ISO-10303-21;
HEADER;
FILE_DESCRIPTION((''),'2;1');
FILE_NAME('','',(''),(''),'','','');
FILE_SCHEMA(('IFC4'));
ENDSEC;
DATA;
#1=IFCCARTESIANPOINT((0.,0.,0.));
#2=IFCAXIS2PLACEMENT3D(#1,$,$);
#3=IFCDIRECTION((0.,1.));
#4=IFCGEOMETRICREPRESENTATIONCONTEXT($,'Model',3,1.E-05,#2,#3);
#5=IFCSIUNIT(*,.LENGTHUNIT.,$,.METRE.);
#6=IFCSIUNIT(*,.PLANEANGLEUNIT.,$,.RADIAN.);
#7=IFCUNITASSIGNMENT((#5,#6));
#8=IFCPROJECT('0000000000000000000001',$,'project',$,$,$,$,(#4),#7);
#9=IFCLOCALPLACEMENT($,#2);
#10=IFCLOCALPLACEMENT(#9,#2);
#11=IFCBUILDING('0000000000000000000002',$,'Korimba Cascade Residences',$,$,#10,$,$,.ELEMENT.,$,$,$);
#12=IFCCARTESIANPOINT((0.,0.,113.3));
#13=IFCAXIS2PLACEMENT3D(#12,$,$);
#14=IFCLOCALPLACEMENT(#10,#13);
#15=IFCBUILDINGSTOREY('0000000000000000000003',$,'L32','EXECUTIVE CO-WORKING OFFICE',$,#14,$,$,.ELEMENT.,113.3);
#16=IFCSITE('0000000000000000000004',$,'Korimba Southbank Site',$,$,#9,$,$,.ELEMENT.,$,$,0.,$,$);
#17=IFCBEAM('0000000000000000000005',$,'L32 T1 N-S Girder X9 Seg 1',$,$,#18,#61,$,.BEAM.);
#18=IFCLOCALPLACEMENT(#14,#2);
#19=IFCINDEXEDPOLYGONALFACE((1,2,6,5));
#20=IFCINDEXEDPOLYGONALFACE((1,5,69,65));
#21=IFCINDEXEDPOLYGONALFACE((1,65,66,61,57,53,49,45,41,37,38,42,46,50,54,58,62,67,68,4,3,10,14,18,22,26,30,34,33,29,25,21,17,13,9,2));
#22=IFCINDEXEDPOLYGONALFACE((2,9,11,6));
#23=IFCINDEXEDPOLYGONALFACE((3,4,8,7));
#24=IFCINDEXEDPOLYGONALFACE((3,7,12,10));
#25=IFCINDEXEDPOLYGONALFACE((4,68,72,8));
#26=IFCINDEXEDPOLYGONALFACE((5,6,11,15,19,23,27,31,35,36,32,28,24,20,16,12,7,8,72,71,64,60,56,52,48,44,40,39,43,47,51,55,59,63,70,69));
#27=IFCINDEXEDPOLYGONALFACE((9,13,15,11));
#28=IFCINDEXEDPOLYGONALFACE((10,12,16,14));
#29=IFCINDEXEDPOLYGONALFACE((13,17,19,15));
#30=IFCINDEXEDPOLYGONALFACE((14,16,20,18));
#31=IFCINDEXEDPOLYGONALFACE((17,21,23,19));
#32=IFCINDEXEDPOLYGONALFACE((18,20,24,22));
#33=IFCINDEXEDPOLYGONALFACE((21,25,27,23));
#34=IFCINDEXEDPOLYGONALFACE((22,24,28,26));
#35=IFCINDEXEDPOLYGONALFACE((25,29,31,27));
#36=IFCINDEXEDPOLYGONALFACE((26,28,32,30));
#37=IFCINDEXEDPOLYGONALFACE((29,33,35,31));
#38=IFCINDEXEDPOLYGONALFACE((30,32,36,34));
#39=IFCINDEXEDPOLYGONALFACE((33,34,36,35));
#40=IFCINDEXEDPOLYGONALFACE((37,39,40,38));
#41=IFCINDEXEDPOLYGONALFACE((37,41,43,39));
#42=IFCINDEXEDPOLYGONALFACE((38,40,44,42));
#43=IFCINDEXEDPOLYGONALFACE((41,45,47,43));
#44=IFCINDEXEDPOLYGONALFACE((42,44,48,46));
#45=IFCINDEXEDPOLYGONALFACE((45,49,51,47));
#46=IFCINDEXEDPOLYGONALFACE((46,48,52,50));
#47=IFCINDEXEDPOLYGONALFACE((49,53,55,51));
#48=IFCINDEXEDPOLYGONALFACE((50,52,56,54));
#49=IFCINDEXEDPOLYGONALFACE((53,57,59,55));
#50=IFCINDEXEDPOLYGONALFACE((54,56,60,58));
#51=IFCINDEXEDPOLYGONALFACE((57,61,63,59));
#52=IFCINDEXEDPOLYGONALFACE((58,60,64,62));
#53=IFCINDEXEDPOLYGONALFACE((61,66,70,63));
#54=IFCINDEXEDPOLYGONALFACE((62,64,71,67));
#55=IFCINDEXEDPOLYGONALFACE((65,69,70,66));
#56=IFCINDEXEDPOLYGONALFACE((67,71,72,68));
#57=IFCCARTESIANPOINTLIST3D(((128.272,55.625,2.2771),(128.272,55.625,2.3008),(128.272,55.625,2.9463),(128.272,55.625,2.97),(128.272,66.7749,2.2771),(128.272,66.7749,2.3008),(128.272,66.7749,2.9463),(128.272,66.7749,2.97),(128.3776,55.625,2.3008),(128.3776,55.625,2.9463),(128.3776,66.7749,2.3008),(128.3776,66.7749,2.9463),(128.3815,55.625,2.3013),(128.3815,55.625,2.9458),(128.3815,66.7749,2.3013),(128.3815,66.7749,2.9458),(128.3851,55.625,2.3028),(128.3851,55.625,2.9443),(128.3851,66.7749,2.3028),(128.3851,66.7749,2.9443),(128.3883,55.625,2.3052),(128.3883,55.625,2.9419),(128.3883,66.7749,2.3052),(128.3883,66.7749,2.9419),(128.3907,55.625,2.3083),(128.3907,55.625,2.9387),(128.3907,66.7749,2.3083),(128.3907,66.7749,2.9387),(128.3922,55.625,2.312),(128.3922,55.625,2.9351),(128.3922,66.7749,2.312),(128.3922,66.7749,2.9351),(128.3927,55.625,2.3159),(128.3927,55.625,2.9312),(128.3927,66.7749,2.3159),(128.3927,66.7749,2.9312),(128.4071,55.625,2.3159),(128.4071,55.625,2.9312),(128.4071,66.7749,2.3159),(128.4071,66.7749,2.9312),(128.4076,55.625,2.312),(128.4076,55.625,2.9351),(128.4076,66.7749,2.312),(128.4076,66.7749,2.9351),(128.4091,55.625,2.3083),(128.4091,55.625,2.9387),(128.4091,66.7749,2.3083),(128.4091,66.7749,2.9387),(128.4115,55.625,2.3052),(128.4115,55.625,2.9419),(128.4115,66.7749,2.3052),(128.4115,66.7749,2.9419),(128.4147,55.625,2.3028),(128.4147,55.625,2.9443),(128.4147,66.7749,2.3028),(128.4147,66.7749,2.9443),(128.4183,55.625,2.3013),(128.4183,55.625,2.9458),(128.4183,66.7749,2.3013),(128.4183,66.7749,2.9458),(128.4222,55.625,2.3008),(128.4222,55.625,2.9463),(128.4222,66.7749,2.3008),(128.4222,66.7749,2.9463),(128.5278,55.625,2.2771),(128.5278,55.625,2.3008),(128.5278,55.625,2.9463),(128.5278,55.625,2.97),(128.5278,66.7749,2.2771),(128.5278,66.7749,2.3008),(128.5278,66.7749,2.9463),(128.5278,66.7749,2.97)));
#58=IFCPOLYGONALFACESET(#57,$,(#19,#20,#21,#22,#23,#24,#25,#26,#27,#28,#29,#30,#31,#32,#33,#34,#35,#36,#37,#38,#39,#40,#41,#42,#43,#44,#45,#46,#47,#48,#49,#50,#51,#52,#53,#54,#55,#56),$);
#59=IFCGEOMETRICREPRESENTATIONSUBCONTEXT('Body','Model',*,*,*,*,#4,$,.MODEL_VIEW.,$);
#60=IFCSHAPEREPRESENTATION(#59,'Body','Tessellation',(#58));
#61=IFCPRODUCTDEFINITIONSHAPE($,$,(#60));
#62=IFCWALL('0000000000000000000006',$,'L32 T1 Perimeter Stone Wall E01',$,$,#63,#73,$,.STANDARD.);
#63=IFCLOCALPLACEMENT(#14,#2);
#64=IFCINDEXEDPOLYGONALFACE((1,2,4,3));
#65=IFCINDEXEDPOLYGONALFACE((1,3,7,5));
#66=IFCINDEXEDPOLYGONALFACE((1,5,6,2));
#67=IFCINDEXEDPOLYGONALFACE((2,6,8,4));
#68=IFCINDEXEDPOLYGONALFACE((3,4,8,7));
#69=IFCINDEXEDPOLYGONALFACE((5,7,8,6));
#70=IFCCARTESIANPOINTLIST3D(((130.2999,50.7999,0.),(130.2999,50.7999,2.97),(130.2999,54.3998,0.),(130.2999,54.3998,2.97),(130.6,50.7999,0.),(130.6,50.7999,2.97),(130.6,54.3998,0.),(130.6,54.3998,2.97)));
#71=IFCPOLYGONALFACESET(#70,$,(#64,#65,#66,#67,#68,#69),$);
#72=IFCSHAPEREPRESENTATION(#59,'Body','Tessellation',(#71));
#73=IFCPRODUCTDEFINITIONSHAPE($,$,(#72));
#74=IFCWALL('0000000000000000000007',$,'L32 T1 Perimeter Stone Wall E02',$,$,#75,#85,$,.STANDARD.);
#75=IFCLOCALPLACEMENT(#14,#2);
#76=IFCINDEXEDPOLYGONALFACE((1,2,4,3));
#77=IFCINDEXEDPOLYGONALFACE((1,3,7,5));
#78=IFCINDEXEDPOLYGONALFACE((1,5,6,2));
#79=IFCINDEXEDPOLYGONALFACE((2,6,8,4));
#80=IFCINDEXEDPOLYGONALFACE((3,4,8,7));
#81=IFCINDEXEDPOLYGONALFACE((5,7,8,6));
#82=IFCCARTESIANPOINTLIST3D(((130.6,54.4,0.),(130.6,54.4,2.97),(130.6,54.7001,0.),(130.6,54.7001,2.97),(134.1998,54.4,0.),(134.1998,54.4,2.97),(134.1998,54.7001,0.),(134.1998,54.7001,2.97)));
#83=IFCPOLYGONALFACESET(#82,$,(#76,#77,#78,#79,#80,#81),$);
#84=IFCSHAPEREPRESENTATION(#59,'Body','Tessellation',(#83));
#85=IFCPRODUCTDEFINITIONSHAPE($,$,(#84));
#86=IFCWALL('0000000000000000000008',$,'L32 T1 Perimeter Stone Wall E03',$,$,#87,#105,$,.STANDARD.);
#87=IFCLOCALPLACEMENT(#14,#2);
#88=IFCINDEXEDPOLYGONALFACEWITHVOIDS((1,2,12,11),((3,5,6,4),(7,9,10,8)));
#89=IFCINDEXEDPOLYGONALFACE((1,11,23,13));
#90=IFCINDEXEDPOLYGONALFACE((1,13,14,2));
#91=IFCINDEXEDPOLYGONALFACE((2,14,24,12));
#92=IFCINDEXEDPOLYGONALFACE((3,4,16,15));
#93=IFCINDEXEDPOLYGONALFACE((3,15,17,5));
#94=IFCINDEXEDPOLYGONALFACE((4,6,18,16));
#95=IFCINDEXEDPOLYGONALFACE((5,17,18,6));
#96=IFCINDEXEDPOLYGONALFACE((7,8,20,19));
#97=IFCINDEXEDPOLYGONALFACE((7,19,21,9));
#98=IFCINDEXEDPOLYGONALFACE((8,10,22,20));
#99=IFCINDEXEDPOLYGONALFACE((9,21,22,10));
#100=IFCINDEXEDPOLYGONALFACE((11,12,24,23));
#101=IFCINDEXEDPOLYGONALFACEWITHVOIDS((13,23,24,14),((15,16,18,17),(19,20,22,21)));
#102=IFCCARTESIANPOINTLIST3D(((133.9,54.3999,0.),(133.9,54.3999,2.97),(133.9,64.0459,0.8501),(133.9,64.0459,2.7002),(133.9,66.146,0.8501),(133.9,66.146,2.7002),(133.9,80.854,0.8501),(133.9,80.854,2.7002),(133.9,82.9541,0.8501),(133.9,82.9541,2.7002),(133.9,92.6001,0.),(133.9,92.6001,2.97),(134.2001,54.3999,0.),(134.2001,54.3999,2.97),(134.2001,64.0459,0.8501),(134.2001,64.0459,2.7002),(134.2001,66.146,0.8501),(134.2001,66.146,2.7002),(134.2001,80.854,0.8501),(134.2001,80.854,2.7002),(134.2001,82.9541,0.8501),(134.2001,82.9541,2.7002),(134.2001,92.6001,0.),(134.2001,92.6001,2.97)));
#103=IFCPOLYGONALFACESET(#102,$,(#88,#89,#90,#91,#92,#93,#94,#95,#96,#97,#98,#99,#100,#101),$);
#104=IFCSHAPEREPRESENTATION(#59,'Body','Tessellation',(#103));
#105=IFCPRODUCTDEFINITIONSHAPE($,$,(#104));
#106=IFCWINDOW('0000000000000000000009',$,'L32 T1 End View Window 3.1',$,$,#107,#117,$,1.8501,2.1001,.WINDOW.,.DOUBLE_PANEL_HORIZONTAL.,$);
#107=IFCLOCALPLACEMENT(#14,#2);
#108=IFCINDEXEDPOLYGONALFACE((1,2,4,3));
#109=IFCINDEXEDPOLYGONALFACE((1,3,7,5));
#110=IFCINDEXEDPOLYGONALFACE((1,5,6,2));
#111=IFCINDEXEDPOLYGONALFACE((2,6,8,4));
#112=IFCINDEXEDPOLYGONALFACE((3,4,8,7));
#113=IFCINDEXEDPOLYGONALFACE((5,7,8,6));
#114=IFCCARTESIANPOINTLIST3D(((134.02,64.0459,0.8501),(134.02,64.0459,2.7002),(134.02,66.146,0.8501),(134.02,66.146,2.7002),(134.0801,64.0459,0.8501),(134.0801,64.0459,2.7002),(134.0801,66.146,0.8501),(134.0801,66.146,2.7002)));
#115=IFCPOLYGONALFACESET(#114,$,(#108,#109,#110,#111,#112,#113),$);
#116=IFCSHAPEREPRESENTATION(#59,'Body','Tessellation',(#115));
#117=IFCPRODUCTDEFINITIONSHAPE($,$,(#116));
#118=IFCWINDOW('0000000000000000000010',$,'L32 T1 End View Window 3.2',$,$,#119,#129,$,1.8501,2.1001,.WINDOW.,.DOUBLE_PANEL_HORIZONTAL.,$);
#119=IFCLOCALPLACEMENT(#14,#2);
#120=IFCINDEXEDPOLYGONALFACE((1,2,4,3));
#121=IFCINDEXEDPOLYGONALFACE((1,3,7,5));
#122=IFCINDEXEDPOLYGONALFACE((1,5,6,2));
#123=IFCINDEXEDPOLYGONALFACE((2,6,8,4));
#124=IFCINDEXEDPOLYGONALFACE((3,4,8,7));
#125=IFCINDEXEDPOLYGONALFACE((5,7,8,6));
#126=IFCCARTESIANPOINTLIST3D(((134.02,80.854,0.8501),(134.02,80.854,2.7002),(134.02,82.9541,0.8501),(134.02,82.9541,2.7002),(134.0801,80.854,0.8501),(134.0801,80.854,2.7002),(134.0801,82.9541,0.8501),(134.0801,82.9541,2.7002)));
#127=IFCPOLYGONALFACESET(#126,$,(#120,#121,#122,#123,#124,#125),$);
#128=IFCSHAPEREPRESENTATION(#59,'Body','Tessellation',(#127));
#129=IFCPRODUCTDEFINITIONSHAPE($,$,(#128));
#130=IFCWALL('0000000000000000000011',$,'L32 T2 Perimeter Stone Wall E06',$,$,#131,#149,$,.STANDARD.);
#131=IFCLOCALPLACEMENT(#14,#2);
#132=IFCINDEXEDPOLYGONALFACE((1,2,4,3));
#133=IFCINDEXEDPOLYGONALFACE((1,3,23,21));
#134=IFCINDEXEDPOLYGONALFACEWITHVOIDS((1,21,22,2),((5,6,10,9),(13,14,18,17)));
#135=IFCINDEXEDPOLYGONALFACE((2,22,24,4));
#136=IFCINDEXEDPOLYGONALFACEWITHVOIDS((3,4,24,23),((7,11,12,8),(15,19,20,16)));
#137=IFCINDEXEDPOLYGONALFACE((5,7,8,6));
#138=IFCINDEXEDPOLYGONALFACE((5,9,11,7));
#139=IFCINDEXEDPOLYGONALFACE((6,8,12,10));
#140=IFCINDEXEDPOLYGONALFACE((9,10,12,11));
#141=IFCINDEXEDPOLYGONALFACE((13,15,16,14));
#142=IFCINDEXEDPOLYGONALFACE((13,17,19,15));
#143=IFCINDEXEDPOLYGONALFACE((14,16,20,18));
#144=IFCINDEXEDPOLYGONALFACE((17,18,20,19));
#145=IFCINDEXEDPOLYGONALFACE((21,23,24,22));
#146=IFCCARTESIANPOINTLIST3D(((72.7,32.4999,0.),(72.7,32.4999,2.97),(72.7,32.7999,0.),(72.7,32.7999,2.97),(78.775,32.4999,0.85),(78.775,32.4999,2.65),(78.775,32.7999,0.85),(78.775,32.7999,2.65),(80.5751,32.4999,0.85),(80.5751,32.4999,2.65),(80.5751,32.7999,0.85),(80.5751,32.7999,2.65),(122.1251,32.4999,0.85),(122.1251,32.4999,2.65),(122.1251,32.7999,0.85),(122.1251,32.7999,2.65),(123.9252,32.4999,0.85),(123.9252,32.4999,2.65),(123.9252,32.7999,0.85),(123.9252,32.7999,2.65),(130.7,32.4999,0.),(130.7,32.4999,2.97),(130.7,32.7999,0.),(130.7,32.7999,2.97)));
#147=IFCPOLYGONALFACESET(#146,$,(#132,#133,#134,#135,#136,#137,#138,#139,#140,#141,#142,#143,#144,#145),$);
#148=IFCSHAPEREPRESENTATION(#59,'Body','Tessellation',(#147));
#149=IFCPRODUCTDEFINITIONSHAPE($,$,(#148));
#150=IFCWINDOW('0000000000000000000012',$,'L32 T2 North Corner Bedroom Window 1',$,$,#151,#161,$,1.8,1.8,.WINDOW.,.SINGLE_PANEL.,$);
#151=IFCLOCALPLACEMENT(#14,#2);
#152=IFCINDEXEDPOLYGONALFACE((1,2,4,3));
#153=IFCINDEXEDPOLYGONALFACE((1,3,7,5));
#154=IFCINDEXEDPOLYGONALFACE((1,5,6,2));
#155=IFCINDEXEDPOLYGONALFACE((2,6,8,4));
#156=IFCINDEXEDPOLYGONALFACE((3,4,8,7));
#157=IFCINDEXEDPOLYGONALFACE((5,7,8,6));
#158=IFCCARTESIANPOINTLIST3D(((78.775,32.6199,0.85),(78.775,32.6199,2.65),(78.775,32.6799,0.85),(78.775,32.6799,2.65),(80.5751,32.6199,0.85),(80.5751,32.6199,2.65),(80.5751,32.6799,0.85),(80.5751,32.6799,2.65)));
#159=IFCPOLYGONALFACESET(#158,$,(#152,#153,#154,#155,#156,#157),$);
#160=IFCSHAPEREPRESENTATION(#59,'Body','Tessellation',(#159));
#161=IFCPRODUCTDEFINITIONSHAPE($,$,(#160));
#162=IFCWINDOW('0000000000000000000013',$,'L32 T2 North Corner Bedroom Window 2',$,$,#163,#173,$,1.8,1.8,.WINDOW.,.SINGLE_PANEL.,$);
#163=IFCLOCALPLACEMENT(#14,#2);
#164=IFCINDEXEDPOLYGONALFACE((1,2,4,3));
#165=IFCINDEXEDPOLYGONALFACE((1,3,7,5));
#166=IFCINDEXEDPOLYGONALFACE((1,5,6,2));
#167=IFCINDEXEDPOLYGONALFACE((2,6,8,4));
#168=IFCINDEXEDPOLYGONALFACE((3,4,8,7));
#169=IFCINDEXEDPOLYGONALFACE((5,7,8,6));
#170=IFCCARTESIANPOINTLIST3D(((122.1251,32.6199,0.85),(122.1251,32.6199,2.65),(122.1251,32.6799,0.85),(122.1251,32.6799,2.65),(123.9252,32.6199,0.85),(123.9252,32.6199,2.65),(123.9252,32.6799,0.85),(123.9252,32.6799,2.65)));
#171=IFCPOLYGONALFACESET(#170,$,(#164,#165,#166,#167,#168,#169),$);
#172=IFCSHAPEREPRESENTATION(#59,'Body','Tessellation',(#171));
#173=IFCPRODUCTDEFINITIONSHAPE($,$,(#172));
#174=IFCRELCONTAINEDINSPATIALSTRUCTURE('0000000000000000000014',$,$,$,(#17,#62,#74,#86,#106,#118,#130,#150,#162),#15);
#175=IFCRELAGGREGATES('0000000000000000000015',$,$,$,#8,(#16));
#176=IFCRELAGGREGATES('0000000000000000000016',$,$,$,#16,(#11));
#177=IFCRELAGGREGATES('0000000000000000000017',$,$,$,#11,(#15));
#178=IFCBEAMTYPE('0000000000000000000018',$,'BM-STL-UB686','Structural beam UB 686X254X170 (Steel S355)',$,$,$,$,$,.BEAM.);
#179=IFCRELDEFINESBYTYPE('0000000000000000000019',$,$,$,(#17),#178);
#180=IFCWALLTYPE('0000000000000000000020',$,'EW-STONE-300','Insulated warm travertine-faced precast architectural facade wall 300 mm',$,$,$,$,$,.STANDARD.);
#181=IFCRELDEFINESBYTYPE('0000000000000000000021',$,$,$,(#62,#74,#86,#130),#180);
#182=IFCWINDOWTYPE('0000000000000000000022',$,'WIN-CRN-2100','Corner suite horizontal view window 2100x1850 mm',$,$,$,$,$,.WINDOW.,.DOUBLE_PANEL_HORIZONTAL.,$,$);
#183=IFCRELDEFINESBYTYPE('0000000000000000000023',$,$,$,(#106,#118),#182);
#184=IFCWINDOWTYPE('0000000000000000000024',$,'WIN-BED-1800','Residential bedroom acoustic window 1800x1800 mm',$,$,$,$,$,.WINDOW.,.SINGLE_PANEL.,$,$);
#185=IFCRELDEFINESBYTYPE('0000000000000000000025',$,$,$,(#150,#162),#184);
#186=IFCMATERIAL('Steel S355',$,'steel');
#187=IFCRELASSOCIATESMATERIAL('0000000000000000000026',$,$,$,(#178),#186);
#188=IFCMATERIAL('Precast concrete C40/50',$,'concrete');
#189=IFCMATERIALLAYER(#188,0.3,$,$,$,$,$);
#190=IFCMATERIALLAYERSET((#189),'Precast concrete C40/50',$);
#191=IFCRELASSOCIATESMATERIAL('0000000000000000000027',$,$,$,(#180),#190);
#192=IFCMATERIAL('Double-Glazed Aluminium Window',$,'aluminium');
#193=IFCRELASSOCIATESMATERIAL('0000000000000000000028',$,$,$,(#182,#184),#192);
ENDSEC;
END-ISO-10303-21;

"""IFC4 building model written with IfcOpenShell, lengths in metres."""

from ifc_helpers import new_model, si_unit, direction, frame, frame_2d, origin, origin_2d, place, context, subcontext, project, spatial, rectangle, i_section, extrude, material, layer, layer_set, material_profile, profile_set, type_object, element, fill, save


model = new_model("IFC4")

# Units and contexts
model_context = context("Model", 3, precision=1e-05, world=origin(), true_north=direction((0.0, 1.0)))
body_context = subcontext(model_context, "Body", "Model", "MODEL_VIEW")
ifc_project = project(units=[si_unit("LENGTHUNIT", "METRE"), si_unit("PLANEANGLEUNIT", "RADIAN")], contexts=[model_context])

# Site, building, storey
site_placement = place(None, origin())
site = spatial("IfcSite", under=ifc_project, at=site_placement, Name="Korimba Southbank Site", CompositionType="ELEMENT", RefElevation=0.0)
building_placement = place(site_placement, origin())
building = spatial("IfcBuilding", under=site, at=building_placement, Name="Korimba Cascade Residences", CompositionType="ELEMENT")
storey_placement = place(building_placement, frame((0.0, 0.0, 113.3)))
storey = spatial("IfcBuildingStorey", under=building, at=storey_placement, Name="L32", Description="EXECUTIVE CO-WORKING OFFICE", CompositionType="ELEMENT", Elevation=113.3)

# Beam
ifc_material_1 = material(Name="Steel S355", Category="steel")
ifc_material_profile_1 = material_profile(ifc_material_1, i_section(OverallWidth=0.2559, OverallDepth=0.6929, WebThickness=0.0144, FlangeThickness=0.0237, FilletRadius=0.0151, at=origin_2d()), Name="Steel S355")
ifc_profile_set_1 = profile_set([ifc_material_profile_1], Name="Steel S355")
beam_type_1 = type_object("IfcBeamType", Name="BM-STL-UB686", Description="Structural beam UB 686X254X170 (Steel S355)", PredefinedType="BEAM", material=ifc_profile_set_1)
for number, where, z_axis, x_axis, name in (
    (1, (128.3999, 55.625, 2.6235), (0.0, 1.0, 0.0), (-1.0, 0.0, 0.0), "L32 T1 N-S Girder X9 Seg 1"),
):
    element("IfcBeam", number, at=place(storey_placement, frame(where, z_axis=z_axis, x_axis=x_axis)), inside=storey, type_object=beam_type_1, Name=name, PredefinedType="BEAM", context=body_context, shape_type="SweptSolid", body=[
        extrude(i_section(OverallWidth=0.2559, OverallDepth=0.6929, WebThickness=0.0144, FlangeThickness=0.0237, FilletRadius=0.0151, at=origin_2d()), origin(), (0.0, 0.0, 1.0), 11.1499),
    ])

# Walls
ifc_material_2 = material(Name="Precast concrete C40/50", Category="concrete")
ifc_layer_1 = layer(ifc_material_2, 0.3)
ifc_layer_set_1 = layer_set([ifc_layer_1], Name="Precast concrete C40/50")
wall_type_1 = type_object("IfcWallType", Name="EW-STONE-300", Description="Insulated warm travertine-faced precast architectural facade wall 300 mm", PredefinedType="STANDARD", material=ifc_layer_set_1)
for number, where, z_axis, x_axis, name in (
    (2, (130.45, 50.8, 0.0), (0.0, 0.0, 1.0), (0.0, 1.0, 0.0), "L32 T1 Perimeter Stone Wall E01"),
    (3, (130.6001, 54.55, 0.0), (0.0, 0.0, 1.0), (1.0, 0.0, 0.0), "L32 T1 Perimeter Stone Wall E02"),
):
    element("IfcWall", number, at=place(storey_placement, frame(where, z_axis=z_axis, x_axis=x_axis)), inside=storey, type_object=wall_type_1, Name=name, PredefinedType="STANDARD", context=body_context, shape_type="SweptSolid", body=[
        extrude(rectangle(XDim=3.5999, YDim=0.3, at=frame_2d((1.7998, 0.0))), origin(), (0.0, 0.0, 1.0), 2.97),
    ])

# Walls, openings, windows
wall_1_placement = place(storey_placement, frame((134.05, 54.3999, 0.0), z_axis=(0.0, 0.0, 1.0), x_axis=(0.0, 1.0, 0.0)))
wall_1 = element("IfcWall", 4, at=wall_1_placement, inside=storey, type_object=wall_type_1, Name="L32 T1 Perimeter Stone Wall E03", PredefinedType="STANDARD", context=body_context, shape_type="SweptSolid", body=[
    extrude(rectangle(XDim=38.2002, YDim=0.3, at=frame_2d((19.1001, 0.0))), origin(), (0.0, 0.0, 1.0), 2.97),
])
opening_1_placement = place(wall_1_placement, frame((9.646, 0.0, 0.8501)))
opening_1 = element("IfcOpeningElement", 5, at=opening_1_placement, cuts=wall_1, PredefinedType="OPENING", context=body_context, shape_type="SweptSolid", body=[
    extrude(rectangle(XDim=2.1001, YDim=1.8501, at=frame_2d((1.05, 0.925))), frame((0.0, 0.1602, 0.0), z_axis=(0.0, -1.0, 0.0), x_axis=(1.0, 0.0, 0.0)), (0.0, 0.0, 1.0), 0.3201),
])
opening_2_placement = place(wall_1_placement, frame((26.4541, 0.0, 0.8501)))
opening_2 = element("IfcOpeningElement", 6, at=opening_2_placement, cuts=wall_1, PredefinedType="OPENING", context=body_context, shape_type="SweptSolid", body=[
    extrude(rectangle(XDim=2.1001, YDim=1.8501, at=frame_2d((1.05, 0.925))), frame((0.0, 0.1602, 0.0), z_axis=(0.0, -1.0, 0.0), x_axis=(1.0, 0.0, 0.0)), (0.0, 0.0, 1.0), 0.3201),
])
ifc_material_3 = material(Name="Double-Glazed Aluminium Window", Category="aluminium")
window_type_1 = type_object("IfcWindowType", Name="WIN-CRN-2100", Description="Corner suite horizontal view window 2100x1850 mm", PartitioningType="DOUBLE_PANEL_HORIZONTAL", PredefinedType="WINDOW", material=ifc_material_3)
window_1_placement = place(opening_1_placement, origin())
window_1 = element("IfcWindow", 7, at=window_1_placement, inside=storey, type_object=window_type_1, Name="L32 T1 End View Window 3.1", OverallHeight=1.8501, OverallWidth=2.1001, PartitioningType="DOUBLE_PANEL_HORIZONTAL", PredefinedType="WINDOW", context=body_context, shape_type="SweptSolid", body=[
    extrude(rectangle(XDim=2.1001, YDim=1.8501, at=frame_2d((1.05, 0.925))), frame((0.0, 0.03, 0.0), z_axis=(0.0, -1.0, 0.0), x_axis=(1.0, 0.0, 0.0)), (0.0, 0.0, 1.0), 0.0601),
])
fill(opening_1, window_1)
window_2_placement = place(opening_2_placement, origin())
window_2 = element("IfcWindow", 8, at=window_2_placement, inside=storey, type_object=window_type_1, Name="L32 T1 End View Window 3.2", OverallHeight=1.8501, OverallWidth=2.1001, PartitioningType="DOUBLE_PANEL_HORIZONTAL", PredefinedType="WINDOW", context=body_context, shape_type="SweptSolid", body=[
    extrude(rectangle(XDim=2.1001, YDim=1.8501, at=frame_2d((1.05, 0.925))), frame((0.0, 0.03, 0.0), z_axis=(0.0, -1.0, 0.0), x_axis=(1.0, 0.0, 0.0)), (0.0, 0.0, 1.0), 0.0601),
])
fill(opening_2, window_2)
wall_2_placement = place(storey_placement, frame((130.7, 32.6499, 0.0), z_axis=(0.0, 0.0, 1.0), x_axis=(-1.0, 0.0, 0.0)))
wall_2 = element("IfcWall", 9, at=wall_2_placement, inside=storey, type_object=wall_type_1, Name="L32 T2 Perimeter Stone Wall E06", PredefinedType="STANDARD", context=body_context, shape_type="SweptSolid", body=[
    extrude(rectangle(XDim=58.0, YDim=0.3, at=frame_2d((29.0, 0.0))), origin(), (0.0, 0.0, 1.0), 2.97),
])
opening_3_placement = place(wall_2_placement, frame((50.125, 0.0, 0.8501)))
opening_3 = element("IfcOpeningElement", 10, at=opening_3_placement, cuts=wall_2, PredefinedType="OPENING", context=body_context, shape_type="SweptSolid", body=[
    extrude(rectangle(XDim=1.8, YDim=1.8, at=frame_2d((0.8999, 0.8999))), frame((0.0, 0.1602, 0.0), z_axis=(0.0, -1.0, 0.0), x_axis=(1.0, 0.0, 0.0)), (0.0, 0.0, 1.0), 0.3201),
])
opening_4_placement = place(wall_2_placement, frame((6.7749, 0.0, 0.8501)))
opening_4 = element("IfcOpeningElement", 11, at=opening_4_placement, cuts=wall_2, PredefinedType="OPENING", context=body_context, shape_type="SweptSolid", body=[
    extrude(rectangle(XDim=1.8, YDim=1.8, at=frame_2d((0.8999, 0.8999))), frame((0.0, 0.1602, 0.0), z_axis=(0.0, -1.0, 0.0), x_axis=(1.0, 0.0, 0.0)), (0.0, 0.0, 1.0), 0.3201),
])
window_type_2 = type_object("IfcWindowType", Name="WIN-BED-1800", Description="Residential bedroom acoustic window 1800x1800 mm", PartitioningType="SINGLE_PANEL", PredefinedType="WINDOW", material=ifc_material_3)
window_3_placement = place(opening_3_placement, origin())
window_3 = element("IfcWindow", 12, at=window_3_placement, inside=storey, type_object=window_type_2, Name="L32 T2 North Corner Bedroom Window 1", OverallHeight=1.8, OverallWidth=1.8, PartitioningType="SINGLE_PANEL", PredefinedType="WINDOW", context=body_context, shape_type="SweptSolid", body=[
    extrude(rectangle(XDim=1.8, YDim=1.8, at=frame_2d((0.8999, 0.8999))), frame((0.0, 0.03, 0.0), z_axis=(0.0, -1.0, 0.0), x_axis=(1.0, 0.0, 0.0)), (0.0, 0.0, 1.0), 0.0601),
])
fill(opening_3, window_3)
window_4_placement = place(opening_4_placement, origin())
window_4 = element("IfcWindow", 13, at=window_4_placement, inside=storey, type_object=window_type_2, Name="L32 T2 North Corner Bedroom Window 2", OverallHeight=1.8, OverallWidth=1.8, PartitioningType="SINGLE_PANEL", PredefinedType="WINDOW", context=body_context, shape_type="SweptSolid", body=[
    extrude(rectangle(XDim=1.8, YDim=1.8, at=frame_2d((0.8999, 0.8999))), frame((0.0, 0.03, 0.0), z_axis=(0.0, -1.0, 0.0), x_axis=(1.0, 0.0, 0.0)), (0.0, 0.0, 1.0), 0.0601),
])
fill(opening_4, window_4)

save(model, "model.ifc")
